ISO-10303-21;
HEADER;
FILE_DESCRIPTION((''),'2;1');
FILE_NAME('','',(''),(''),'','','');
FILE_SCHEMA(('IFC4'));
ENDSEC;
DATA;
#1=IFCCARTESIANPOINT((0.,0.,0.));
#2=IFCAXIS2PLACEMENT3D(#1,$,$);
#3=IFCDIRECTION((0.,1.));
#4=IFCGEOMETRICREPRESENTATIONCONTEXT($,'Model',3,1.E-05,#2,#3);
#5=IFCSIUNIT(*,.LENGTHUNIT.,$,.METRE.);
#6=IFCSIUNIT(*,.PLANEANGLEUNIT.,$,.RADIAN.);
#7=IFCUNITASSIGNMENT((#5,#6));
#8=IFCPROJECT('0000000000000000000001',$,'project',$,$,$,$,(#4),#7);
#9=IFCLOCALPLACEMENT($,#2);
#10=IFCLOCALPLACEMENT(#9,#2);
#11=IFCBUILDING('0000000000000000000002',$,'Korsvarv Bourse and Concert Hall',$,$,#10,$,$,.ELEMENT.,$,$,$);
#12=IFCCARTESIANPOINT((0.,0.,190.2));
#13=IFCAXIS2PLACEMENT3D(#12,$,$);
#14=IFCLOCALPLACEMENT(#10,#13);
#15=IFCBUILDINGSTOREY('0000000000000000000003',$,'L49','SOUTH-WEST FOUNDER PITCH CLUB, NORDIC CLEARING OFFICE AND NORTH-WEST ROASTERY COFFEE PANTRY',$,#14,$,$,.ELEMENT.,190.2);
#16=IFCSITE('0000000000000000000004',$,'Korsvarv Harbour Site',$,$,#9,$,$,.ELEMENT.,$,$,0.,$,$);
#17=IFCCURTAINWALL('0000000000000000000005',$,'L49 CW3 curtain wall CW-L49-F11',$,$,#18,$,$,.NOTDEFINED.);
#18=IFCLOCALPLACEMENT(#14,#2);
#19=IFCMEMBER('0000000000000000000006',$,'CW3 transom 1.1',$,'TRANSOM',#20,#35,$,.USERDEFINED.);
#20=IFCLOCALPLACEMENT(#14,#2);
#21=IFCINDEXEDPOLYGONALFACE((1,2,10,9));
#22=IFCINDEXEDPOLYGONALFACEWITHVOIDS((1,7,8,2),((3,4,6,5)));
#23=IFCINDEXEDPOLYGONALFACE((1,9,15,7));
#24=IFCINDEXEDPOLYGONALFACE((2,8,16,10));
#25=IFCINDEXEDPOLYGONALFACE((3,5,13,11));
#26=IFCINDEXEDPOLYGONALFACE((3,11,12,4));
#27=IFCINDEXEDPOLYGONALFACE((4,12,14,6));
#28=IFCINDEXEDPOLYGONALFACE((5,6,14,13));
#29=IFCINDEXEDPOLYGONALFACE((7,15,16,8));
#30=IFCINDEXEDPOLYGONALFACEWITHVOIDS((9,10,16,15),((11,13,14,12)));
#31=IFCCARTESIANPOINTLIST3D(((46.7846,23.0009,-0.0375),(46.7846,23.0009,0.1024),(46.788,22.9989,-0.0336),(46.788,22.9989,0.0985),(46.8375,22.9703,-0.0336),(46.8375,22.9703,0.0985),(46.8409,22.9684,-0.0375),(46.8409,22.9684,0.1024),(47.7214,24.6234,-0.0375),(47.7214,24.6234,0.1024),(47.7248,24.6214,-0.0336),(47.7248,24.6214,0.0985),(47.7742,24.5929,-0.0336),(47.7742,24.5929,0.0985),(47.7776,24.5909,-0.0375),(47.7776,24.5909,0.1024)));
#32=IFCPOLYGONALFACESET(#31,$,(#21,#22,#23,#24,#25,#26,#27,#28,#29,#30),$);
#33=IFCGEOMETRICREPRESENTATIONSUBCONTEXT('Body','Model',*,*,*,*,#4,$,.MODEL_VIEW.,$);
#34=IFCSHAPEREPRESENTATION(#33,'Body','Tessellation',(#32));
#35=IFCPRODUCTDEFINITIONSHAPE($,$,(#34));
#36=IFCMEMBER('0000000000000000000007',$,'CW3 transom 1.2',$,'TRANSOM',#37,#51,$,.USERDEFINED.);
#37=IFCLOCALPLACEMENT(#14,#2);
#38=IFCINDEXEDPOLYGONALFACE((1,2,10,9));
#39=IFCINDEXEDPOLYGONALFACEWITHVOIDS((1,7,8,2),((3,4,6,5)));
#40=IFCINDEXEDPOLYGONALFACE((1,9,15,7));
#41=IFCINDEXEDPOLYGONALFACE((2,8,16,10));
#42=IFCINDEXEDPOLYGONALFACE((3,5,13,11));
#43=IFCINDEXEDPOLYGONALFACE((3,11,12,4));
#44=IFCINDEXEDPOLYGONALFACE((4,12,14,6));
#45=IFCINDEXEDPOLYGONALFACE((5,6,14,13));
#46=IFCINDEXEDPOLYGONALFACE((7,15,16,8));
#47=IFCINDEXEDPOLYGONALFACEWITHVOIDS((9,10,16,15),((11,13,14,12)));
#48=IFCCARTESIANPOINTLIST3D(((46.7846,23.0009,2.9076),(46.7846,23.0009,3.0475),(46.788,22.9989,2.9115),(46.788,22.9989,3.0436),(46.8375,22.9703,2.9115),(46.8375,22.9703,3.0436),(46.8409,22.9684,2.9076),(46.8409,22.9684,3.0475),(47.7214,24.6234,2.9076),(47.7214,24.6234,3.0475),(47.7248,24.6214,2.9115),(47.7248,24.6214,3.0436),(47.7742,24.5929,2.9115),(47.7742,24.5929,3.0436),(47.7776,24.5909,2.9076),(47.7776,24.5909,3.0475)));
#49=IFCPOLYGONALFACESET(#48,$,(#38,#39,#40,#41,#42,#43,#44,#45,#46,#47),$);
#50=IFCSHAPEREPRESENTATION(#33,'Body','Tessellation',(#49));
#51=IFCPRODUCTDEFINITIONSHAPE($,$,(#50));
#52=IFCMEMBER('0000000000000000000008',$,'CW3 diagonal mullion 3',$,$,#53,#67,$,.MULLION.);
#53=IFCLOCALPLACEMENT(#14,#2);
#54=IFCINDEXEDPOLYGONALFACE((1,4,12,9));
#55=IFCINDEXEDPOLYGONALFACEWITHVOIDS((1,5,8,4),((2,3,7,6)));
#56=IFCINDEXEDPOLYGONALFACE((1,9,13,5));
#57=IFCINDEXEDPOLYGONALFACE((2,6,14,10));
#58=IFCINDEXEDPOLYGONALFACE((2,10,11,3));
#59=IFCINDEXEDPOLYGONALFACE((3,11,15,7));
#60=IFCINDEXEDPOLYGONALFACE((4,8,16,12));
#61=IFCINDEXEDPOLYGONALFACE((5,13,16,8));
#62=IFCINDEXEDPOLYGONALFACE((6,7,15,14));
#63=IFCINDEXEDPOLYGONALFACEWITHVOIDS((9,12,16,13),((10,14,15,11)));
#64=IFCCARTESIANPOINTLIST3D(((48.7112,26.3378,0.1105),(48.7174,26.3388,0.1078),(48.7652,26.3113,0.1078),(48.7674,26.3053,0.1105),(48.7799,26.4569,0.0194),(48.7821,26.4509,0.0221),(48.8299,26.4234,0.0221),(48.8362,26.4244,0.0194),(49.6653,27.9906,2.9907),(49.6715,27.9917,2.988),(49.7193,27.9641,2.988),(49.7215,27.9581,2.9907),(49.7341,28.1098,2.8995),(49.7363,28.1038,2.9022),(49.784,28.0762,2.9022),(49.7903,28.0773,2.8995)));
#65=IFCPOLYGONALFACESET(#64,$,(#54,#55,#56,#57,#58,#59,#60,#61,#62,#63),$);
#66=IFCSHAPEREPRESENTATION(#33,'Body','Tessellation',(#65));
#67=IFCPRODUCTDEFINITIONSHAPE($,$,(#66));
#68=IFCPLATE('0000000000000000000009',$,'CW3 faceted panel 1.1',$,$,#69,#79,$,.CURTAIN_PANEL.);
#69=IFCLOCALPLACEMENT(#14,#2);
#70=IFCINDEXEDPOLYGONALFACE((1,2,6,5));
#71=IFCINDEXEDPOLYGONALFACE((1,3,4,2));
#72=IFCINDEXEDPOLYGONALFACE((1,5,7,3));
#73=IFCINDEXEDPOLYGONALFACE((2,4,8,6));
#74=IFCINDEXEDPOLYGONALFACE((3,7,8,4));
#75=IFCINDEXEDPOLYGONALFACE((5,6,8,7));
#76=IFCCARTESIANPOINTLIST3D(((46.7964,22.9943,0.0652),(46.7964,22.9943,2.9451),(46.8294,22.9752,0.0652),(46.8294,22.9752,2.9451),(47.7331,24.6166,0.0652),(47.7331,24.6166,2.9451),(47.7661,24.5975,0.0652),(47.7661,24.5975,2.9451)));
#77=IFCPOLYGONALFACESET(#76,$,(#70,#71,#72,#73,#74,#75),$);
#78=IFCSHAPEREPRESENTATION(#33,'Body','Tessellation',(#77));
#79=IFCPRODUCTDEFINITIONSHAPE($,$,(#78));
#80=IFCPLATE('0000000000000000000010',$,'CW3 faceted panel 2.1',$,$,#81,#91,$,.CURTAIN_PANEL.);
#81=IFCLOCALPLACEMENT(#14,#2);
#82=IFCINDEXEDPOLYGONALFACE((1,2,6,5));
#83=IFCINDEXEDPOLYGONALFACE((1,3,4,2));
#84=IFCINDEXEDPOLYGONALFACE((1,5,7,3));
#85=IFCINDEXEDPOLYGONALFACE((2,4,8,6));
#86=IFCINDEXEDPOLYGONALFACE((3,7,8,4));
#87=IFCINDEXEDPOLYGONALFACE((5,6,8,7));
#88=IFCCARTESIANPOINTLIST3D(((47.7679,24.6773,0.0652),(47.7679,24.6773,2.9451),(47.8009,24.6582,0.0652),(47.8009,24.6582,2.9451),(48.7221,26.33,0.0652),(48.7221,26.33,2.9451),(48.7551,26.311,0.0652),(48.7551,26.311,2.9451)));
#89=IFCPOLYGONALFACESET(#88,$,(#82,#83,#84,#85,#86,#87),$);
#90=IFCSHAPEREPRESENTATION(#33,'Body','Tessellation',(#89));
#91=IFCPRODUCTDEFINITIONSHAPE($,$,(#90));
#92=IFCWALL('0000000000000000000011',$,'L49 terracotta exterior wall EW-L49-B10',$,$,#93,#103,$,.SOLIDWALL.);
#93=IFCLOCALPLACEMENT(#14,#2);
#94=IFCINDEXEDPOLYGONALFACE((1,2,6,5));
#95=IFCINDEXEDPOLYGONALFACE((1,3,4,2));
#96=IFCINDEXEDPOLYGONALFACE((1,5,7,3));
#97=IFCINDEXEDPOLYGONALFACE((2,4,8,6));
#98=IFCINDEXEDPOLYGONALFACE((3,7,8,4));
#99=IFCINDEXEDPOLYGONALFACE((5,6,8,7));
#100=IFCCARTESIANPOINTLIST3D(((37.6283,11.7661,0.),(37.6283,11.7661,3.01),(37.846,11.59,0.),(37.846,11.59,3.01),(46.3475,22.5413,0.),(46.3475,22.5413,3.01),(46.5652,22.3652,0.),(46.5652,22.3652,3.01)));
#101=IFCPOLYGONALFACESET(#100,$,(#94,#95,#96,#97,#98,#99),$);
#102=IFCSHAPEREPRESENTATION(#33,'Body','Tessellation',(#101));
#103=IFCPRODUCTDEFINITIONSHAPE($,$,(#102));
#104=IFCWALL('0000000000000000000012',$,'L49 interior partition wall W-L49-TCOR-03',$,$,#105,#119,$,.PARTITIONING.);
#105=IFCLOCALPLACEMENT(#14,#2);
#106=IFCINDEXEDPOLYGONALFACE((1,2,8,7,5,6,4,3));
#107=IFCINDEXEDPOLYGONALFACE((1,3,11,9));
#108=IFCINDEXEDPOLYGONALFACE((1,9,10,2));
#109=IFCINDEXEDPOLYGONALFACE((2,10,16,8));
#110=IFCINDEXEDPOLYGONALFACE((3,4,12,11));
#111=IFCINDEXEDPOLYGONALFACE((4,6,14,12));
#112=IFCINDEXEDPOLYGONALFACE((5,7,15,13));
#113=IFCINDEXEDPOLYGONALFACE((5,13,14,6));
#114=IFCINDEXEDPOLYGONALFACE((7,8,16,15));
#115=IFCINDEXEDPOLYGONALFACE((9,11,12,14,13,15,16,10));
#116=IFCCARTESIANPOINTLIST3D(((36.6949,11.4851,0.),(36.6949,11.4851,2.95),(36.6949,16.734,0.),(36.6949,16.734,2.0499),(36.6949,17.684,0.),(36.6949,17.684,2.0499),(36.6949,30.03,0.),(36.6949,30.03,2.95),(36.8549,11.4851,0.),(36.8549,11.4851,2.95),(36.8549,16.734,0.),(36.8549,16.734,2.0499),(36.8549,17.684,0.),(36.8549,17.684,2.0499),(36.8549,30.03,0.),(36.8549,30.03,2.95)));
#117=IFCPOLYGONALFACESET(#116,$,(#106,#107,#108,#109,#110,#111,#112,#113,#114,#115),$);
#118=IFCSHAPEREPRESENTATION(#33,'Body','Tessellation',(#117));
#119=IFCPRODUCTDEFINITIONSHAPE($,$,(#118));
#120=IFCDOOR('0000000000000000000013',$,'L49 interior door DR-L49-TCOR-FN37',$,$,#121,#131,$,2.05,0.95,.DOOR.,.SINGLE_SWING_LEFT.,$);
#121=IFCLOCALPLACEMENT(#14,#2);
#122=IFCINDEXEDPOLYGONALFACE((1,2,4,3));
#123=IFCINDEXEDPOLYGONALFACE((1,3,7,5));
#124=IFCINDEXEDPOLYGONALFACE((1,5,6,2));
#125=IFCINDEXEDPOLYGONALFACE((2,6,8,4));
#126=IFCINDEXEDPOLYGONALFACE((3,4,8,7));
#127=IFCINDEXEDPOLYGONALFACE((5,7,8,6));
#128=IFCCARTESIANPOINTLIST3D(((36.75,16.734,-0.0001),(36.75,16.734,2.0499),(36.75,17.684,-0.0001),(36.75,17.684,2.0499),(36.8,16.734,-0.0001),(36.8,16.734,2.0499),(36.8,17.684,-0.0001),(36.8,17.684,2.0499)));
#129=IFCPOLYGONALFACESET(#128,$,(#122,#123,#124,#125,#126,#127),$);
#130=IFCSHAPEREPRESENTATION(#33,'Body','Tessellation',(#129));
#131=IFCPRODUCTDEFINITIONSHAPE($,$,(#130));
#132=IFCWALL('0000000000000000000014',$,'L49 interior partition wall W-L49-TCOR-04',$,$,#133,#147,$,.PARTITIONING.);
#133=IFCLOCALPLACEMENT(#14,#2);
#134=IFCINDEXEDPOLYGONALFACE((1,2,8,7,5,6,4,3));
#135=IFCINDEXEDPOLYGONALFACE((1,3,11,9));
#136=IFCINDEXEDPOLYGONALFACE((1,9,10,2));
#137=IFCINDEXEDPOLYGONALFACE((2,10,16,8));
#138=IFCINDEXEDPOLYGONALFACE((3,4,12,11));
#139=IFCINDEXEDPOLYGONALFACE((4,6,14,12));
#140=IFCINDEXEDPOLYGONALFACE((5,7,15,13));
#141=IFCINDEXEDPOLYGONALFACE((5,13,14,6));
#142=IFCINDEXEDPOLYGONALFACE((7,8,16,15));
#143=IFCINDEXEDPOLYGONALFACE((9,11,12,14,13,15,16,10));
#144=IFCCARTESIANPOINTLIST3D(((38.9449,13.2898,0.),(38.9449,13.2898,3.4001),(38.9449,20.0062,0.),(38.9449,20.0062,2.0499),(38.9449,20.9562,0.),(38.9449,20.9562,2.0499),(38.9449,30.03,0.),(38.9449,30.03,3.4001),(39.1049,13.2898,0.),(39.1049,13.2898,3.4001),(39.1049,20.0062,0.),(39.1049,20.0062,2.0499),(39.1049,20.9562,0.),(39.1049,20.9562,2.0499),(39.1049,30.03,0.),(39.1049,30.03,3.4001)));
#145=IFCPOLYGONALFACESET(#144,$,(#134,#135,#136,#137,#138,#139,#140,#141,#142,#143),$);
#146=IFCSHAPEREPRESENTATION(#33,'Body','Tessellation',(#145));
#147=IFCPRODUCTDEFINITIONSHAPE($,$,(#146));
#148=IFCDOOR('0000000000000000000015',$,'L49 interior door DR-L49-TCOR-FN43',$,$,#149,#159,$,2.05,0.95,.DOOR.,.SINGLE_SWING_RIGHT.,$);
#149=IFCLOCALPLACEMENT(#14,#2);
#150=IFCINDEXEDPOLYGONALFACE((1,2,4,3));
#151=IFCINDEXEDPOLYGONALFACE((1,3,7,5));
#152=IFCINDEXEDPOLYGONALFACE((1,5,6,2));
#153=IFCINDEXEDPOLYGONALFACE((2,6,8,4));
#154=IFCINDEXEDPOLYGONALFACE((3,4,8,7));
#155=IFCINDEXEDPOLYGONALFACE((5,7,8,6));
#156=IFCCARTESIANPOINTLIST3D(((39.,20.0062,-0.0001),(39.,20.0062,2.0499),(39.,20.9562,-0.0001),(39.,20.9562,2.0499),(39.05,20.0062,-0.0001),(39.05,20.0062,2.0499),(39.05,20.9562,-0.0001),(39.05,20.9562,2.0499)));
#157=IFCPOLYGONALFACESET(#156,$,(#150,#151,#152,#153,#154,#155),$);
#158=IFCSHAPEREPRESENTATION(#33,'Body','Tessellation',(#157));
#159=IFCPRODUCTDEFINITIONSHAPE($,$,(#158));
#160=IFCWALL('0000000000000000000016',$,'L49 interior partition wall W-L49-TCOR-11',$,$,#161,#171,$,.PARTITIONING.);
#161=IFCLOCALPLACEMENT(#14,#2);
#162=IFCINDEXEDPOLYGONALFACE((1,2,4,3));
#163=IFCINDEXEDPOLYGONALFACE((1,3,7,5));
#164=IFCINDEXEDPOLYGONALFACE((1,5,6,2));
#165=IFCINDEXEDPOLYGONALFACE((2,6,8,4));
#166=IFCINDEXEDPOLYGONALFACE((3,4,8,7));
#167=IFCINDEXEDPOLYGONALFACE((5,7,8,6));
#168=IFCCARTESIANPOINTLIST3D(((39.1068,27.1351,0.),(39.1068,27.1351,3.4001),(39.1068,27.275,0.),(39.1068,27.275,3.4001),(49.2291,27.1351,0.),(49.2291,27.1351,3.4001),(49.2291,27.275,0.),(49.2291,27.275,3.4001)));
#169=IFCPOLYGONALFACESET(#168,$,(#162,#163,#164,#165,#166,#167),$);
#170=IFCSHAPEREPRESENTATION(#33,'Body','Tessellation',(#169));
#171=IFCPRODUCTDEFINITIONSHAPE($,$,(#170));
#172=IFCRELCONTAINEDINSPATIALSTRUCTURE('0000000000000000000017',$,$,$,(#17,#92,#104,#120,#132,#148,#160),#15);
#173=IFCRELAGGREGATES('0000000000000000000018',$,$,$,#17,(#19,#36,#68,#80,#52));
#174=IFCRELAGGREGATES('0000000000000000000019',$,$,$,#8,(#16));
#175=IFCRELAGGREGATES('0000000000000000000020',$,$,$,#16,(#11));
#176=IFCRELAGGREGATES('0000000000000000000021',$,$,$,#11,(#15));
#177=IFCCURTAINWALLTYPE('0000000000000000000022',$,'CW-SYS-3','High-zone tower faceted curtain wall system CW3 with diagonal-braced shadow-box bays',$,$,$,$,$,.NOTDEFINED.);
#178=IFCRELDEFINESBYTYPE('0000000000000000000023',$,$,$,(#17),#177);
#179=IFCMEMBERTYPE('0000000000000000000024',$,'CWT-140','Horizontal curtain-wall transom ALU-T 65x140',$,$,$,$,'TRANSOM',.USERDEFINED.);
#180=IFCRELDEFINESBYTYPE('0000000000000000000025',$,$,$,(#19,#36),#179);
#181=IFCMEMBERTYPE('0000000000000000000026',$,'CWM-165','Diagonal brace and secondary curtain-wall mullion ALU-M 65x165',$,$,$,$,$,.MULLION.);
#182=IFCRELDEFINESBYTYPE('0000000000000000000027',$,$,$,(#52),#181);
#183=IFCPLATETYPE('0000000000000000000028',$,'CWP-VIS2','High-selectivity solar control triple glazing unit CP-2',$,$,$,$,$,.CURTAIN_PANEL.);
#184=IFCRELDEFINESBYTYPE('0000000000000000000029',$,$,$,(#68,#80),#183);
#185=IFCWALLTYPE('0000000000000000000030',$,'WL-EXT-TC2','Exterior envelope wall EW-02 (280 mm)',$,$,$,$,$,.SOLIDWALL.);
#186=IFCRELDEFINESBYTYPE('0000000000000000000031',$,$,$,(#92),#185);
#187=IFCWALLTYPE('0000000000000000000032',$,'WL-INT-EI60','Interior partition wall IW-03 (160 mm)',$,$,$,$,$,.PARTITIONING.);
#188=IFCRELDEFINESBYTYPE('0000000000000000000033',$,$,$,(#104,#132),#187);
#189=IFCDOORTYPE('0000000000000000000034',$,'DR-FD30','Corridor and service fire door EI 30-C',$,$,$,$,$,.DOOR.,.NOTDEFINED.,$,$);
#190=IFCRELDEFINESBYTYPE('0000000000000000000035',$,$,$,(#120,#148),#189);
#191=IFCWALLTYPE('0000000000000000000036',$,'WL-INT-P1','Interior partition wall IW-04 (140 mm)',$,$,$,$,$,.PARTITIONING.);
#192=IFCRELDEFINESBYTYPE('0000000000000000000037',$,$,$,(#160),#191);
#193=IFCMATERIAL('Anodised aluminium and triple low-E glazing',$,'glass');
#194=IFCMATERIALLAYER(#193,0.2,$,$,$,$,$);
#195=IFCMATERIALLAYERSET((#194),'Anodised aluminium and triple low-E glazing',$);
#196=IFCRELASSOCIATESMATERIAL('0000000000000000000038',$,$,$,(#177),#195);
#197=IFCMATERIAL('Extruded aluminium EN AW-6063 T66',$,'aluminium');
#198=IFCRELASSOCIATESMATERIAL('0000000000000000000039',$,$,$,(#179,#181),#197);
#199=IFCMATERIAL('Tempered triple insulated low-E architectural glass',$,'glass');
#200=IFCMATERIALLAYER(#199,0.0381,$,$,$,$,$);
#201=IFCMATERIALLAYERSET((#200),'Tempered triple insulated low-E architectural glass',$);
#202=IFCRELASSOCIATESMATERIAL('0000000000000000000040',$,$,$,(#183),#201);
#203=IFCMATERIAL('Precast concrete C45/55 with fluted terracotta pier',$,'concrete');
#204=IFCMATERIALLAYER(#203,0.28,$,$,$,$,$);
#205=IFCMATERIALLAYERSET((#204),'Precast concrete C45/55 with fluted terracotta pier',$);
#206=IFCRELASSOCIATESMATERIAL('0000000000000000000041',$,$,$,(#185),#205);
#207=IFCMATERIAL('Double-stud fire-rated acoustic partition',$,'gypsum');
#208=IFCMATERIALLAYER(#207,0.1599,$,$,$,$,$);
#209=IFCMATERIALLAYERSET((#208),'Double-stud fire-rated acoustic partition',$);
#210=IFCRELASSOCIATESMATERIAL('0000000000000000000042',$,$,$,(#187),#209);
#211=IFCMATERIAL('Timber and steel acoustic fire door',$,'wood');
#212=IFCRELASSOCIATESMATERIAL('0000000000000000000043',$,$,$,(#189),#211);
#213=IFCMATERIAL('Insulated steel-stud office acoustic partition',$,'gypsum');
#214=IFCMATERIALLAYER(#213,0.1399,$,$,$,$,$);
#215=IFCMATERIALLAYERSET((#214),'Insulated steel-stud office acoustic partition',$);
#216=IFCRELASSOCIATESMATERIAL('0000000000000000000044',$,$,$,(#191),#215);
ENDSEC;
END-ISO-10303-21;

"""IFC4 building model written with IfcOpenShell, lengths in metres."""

from ifc_helpers import new_model, si_unit, direction, frame, frame_2d, origin, origin_2d, place, context, subcontext, project, spatial, rectangle, hollow_rectangle, extrude, source, transform, mapped, material, layer, layer_set, material_profile, profile_set, type_object, element, fill, aggregate, save


model = new_model("IFC4")

# Units and contexts
model_context = context("Model", 3, precision=1e-05, world=origin(), true_north=direction((0.0, 1.0)))
body_context = subcontext(model_context, "Body", "Model", "MODEL_VIEW")
ifc_project = project(units=[si_unit("LENGTHUNIT", "METRE"), si_unit("PLANEANGLEUNIT", "RADIAN")], contexts=[model_context])

# Site, building, storey
site_placement = place(None, origin())
site = spatial("IfcSite", under=ifc_project, at=site_placement, Name="Korsvarv Harbour Site", CompositionType="ELEMENT", RefElevation=0.0)
building_placement = place(site_placement, origin())
building = spatial("IfcBuilding", under=site, at=building_placement, Name="Korsvarv Bourse and Concert Hall", CompositionType="ELEMENT")
storey_placement = place(building_placement, frame((0.0, 0.0, 190.2)))
storey = spatial("IfcBuildingStorey", under=building, at=storey_placement, Name="L49", Description="SOUTH-WEST FOUNDER PITCH CLUB, NORDIC CLEARING OFFICE AND NORTH-WEST ROASTERY COFFEE PANTRY", CompositionType="ELEMENT", Elevation=190.2)

# Curtain wall, members, plates
ifc_material_1 = material(Name="Anodised aluminium and triple low-E glazing", Category="glass")
ifc_layer_1 = layer(ifc_material_1, 0.2)
ifc_layer_set_1 = layer_set([ifc_layer_1], Name="Anodised aluminium and triple low-E glazing")
curtain_wall_type = type_object("IfcCurtainWallType", Name="CW-SYS-3", Description="High-zone tower faceted curtain wall system CW3 with diagonal-braced shadow-box bays", PredefinedType="NOTDEFINED", material=ifc_layer_set_1)
curtain_wall_placement = place(storey_placement, origin())
curtain_wall = element("IfcCurtainWall", 1, at=curtain_wall_placement, inside=storey, type_object=curtain_wall_type, Name="L49 CW3 curtain wall CW-L49-F11", PredefinedType="NOTDEFINED")
ifc_material_2 = material(Name="Extruded aluminium EN AW-6063 T66", Category="aluminium")
ifc_material_profile_1 = material_profile(ifc_material_2, hollow_rectangle(XDim=0.0649, YDim=0.1399, WallThickness=0.0039, at=origin_2d()), Name="ALU-T 65x140")
ifc_profile_set_1 = profile_set([ifc_material_profile_1], Name="Extruded aluminium EN AW-6063 T66")
member_type_1 = type_object("IfcMemberType", Name="CWT-140", Description="Horizontal curtain-wall transom ALU-T 65x140", ElementType="TRANSOM", PredefinedType="USERDEFINED", material=ifc_profile_set_1)
shared_shape_1 = source(origin(), body_context, "Body", "SweptSolid", [
    extrude(hollow_rectangle(XDim=0.0649, YDim=0.1399, WallThickness=0.0039, at=origin_2d()), origin(), (0.0, 0.0, 1.0), 1.8735),
])
member_1_placement = place(storey_placement, frame((46.8127, 22.9846, 0.0325), z_axis=(0.499993, 0.866029, 0.0), x_axis=(-0.866029, 0.499993, 0.0)))
member_1 = element("IfcMember", 2, at=member_1_placement, type_object=member_type_1, Name="CW3 transom 1.1", ObjectType="TRANSOM", PredefinedType="USERDEFINED", context=body_context, shape_type="MappedRepresentation", body=[
    mapped(shared_shape_1, transform((0.0, 0.0, 0.0), scale=1.0)),
])
member_2_placement = place(storey_placement, frame((46.8127, 22.9846, 2.9775), z_axis=(0.499993, 0.866029, 0.0), x_axis=(-0.866029, 0.499993, 0.0)))
member_2 = element("IfcMember", 3, at=member_2_placement, type_object=member_type_1, Name="CW3 transom 1.2", ObjectType="TRANSOM", PredefinedType="USERDEFINED", context=body_context, shape_type="MappedRepresentation", body=[
    mapped(shared_shape_1, transform((0.0, 0.0, 0.0), scale=1.0)),
])
ifc_material_profile_2 = material_profile(ifc_material_2, hollow_rectangle(XDim=0.0649, YDim=0.165, WallThickness=0.0049, at=origin_2d()), Name="ALU-M 65x165")
ifc_profile_set_2 = profile_set([ifc_material_profile_2], Name="Extruded aluminium EN AW-6063 T66")
member_type_2 = type_object("IfcMemberType", Name="CWM-165", Description="Diagonal brace and secondary curtain-wall mullion ALU-M 65x165", PredefinedType="MULLION", material=ifc_profile_set_2)
shared_shape_2 = source(origin(), body_context, "Body", "SweptSolid", [
    extrude(hollow_rectangle(XDim=0.0649, YDim=0.165, WallThickness=0.0049, at=origin_2d()), origin(), (0.0, 0.0, 1.0), 3.4551),
])
member_3_placement = place(storey_placement, frame((48.7737, 26.3811, 0.0649), z_axis=(0.276148, 0.478383, 0.833602), x_axis=(-0.866062, 0.499937, 0.0)))
member_3 = element("IfcMember", 4, at=member_3_placement, type_object=member_type_2, Name="CW3 diagonal mullion 3", PredefinedType="MULLION", context=body_context, shape_type="MappedRepresentation", body=[
    mapped(shared_shape_2, transform((0.0, 0.0, 0.0), scale=1.0)),
])
ifc_material_3 = material(Name="Tempered triple insulated low-E architectural glass", Category="glass")
ifc_layer_2 = layer(ifc_material_3, 0.0381)
ifc_layer_set_2 = layer_set([ifc_layer_2], Name="Tempered triple insulated low-E architectural glass")
plate_type = type_object("IfcPlateType", Name="CWP-VIS2", Description="High-selectivity solar control triple glazing unit CP-2", PredefinedType="CURTAIN_PANEL", material=ifc_layer_set_2)
shared_shape_3 = source(origin(), body_context, "Body", "SweptSolid", [
    extrude(rectangle(XDim=1.8733, YDim=0.0381, at=origin_2d()), origin(), (0.0, 0.0, 1.0), 2.8799),
])
plate_1_placement = place(storey_placement, frame((47.2812, 23.7959, 0.0652), z_axis=(0.0, 0.0, 1.0), x_axis=(0.499993, 0.86603, 0.0)))
plate_1 = element("IfcPlate", 5, at=plate_1_placement, type_object=plate_type, Name="CW3 faceted panel 1.1", PredefinedType="CURTAIN_PANEL", context=body_context, shape_type="MappedRepresentation", body=[
    mapped(shared_shape_3, transform((0.0, 0.0, 0.0), scale=1.0)),
])
shared_shape_4 = source(origin(), body_context, "Body", "SweptSolid", [
    extrude(rectangle(XDim=1.9084, YDim=0.0381, at=origin_2d()), origin(), (0.0, 0.0, 1.0), 2.8799),
])
plate_2_placement = place(storey_placement, frame((48.2615, 25.4941, 0.0652), z_axis=(0.0, 0.0, 1.0), x_axis=(0.499993, 0.86603, 0.0)))
plate_2 = element("IfcPlate", 6, at=plate_2_placement, type_object=plate_type, Name="CW3 faceted panel 2.1", PredefinedType="CURTAIN_PANEL", context=body_context, shape_type="MappedRepresentation", body=[
    mapped(shared_shape_4, transform((0.0, 0.0, 0.0), scale=1.0)),
])
aggregate(curtain_wall, [member_1, member_2, plate_1, plate_2, member_3])

# Wall
ifc_material_4 = material(Name="Precast concrete C45/55 with fluted terracotta pier", Category="concrete")
ifc_layer_3 = layer(ifc_material_4, 0.28)
ifc_layer_set_3 = layer_set([ifc_layer_3], Name="Precast concrete C45/55 with fluted terracotta pier")
wall_type_1 = type_object("IfcWallType", Name="WL-EXT-TC2", Description="Exterior envelope wall EW-02 (280 mm)", PredefinedType="SOLIDWALL", material=ifc_layer_set_3)
wall_1_placement = place(storey_placement, frame((37.7371, 11.678, 0.0), z_axis=(0.0, 0.0, 1.0), x_axis=(0.629046, 0.777368, 0.0)))
element("IfcWall", 7, at=wall_1_placement, inside=storey, type_object=wall_type_1, Name="L49 terracotta exterior wall EW-L49-B10", PredefinedType="SOLIDWALL", context=body_context, shape_type="SweptSolid", body=[
    extrude(rectangle(XDim=13.8611, YDim=0.28, at=frame_2d((6.9307, 0.0))), origin(), (0.0, 0.0, 1.0), 3.01),
])

# Walls, openings, doors
ifc_material_5 = material(Name="Double-stud fire-rated acoustic partition", Category="gypsum")
ifc_layer_4 = layer(ifc_material_5, 0.1599)
ifc_layer_set_4 = layer_set([ifc_layer_4], Name="Double-stud fire-rated acoustic partition")
wall_type_2 = type_object("IfcWallType", Name="WL-INT-EI60", Description="Interior partition wall IW-03 (160 mm)", PredefinedType="PARTITIONING", material=ifc_layer_set_4)
wall_2_placement = place(storey_placement, frame((36.7749, 11.4851, 0.0), z_axis=(0.0, 0.0, 1.0), x_axis=(0.0, 1.0, 0.0)))
wall_2 = element("IfcWall", 8, at=wall_2_placement, inside=storey, type_object=wall_type_2, Name="L49 interior partition wall W-L49-TCOR-03", PredefinedType="PARTITIONING", context=body_context, shape_type="SweptSolid", body=[
    extrude(rectangle(XDim=18.5449, YDim=0.1599, at=frame_2d((9.2725, 0.0))), origin(), (0.0, 0.0, 1.0), 2.95),
])
opening_1_placement = place(wall_2_placement, frame((5.2488, 0.0, 0.0)))
opening_1 = element("IfcOpeningElement", 9, at=opening_1_placement, cuts=wall_2, PredefinedType="OPENING", context=body_context, shape_type="SweptSolid", body=[
    extrude(rectangle(XDim=0.95, YDim=2.05, at=frame_2d((0.4751, 1.0249))), frame((0.0, 0.0898, 0.0), z_axis=(0.0, -1.0, 0.0), x_axis=(1.0, 0.0, 0.0)), (0.0, 0.0, 1.0), 0.1799),
])
ifc_material_6 = material(Name="Timber and steel acoustic fire door", Category="wood")
door_type = type_object("IfcDoorType", Name="DR-FD30", Description="Corridor and service fire door EI 30-C", OperationType="NOTDEFINED", PredefinedType="DOOR", material=ifc_material_6)
door_1_placement = place(opening_1_placement, origin())
door_1 = element("IfcDoor", 10, at=door_1_placement, inside=storey, type_object=door_type, Name="L49 interior door DR-L49-TCOR-FN37", OperationType="SINGLE_SWING_LEFT", OverallHeight=2.05, OverallWidth=0.95, PredefinedType="DOOR", context=body_context, shape_type="SweptSolid", body=[
    extrude(rectangle(XDim=0.95, YDim=2.05, at=frame_2d((0.4751, 1.0249))), frame((0.0, 0.0249, 0.0), z_axis=(0.0, -1.0, 0.0), x_axis=(1.0, 0.0, 0.0)), (0.0, 0.0, 1.0), 0.05),
])
fill(opening_1, door_1)
wall_3_placement = place(storey_placement, frame((39.0249, 13.2898, 0.0), z_axis=(0.0, 0.0, 1.0), x_axis=(0.0, 1.0, 0.0)))
wall_3 = element("IfcWall", 11, at=wall_3_placement, inside=storey, type_object=wall_type_2, Name="L49 interior partition wall W-L49-TCOR-04", PredefinedType="PARTITIONING", context=body_context, shape_type="SweptSolid", body=[
    extrude(rectangle(XDim=16.7402, YDim=0.1599, at=frame_2d((8.3701, 0.0))), origin(), (0.0, 0.0, 1.0), 3.4001),
])
opening_2_placement = place(wall_3_placement, frame((6.7163, 0.0, 0.0)))
opening_2 = element("IfcOpeningElement", 12, at=opening_2_placement, cuts=wall_3, PredefinedType="OPENING", context=body_context, shape_type="SweptSolid", body=[
    extrude(rectangle(XDim=0.95, YDim=2.05, at=frame_2d((0.4751, 1.0249))), frame((0.0, 0.0898, 0.0), z_axis=(0.0, -1.0, 0.0), x_axis=(1.0, 0.0, 0.0)), (0.0, 0.0, 1.0), 0.1799),
])
door_2_placement = place(opening_2_placement, origin())
door_2 = element("IfcDoor", 13, at=door_2_placement, inside=storey, type_object=door_type, Name="L49 interior door DR-L49-TCOR-FN43", OperationType="SINGLE_SWING_RIGHT", OverallHeight=2.05, OverallWidth=0.95, PredefinedType="DOOR", context=body_context, shape_type="SweptSolid", body=[
    extrude(rectangle(XDim=0.95, YDim=2.05, at=frame_2d((0.4751, 1.0249))), frame((0.0, 0.0249, 0.0), z_axis=(0.0, -1.0, 0.0), x_axis=(1.0, 0.0, 0.0)), (0.0, 0.0, 1.0), 0.05),
])
fill(opening_2, door_2)

# Wall
ifc_material_7 = material(Name="Insulated steel-stud office acoustic partition", Category="gypsum")
ifc_layer_5 = layer(ifc_material_7, 0.1399)
ifc_layer_set_5 = layer_set([ifc_layer_5], Name="Insulated steel-stud office acoustic partition")
wall_type_3 = type_object("IfcWallType", Name="WL-INT-P1", Description="Interior partition wall IW-04 (140 mm)", PredefinedType="PARTITIONING", material=ifc_layer_set_5)
wall_4_placement = place(storey_placement, frame((39.1069, 27.2051, 0.0), z_axis=(0.0, 0.0, 1.0), x_axis=(1.0, 0.0, 0.0)))
element("IfcWall", 14, at=wall_4_placement, inside=storey, type_object=wall_type_3, Name="L49 interior partition wall W-L49-TCOR-11", PredefinedType="PARTITIONING", context=body_context, shape_type="SweptSolid", body=[
    extrude(rectangle(XDim=10.1223, YDim=0.1399, at=frame_2d((5.061, 0.0))), origin(), (0.0, 0.0, 1.0), 3.4001),
])

save(model, "model.ifc")
